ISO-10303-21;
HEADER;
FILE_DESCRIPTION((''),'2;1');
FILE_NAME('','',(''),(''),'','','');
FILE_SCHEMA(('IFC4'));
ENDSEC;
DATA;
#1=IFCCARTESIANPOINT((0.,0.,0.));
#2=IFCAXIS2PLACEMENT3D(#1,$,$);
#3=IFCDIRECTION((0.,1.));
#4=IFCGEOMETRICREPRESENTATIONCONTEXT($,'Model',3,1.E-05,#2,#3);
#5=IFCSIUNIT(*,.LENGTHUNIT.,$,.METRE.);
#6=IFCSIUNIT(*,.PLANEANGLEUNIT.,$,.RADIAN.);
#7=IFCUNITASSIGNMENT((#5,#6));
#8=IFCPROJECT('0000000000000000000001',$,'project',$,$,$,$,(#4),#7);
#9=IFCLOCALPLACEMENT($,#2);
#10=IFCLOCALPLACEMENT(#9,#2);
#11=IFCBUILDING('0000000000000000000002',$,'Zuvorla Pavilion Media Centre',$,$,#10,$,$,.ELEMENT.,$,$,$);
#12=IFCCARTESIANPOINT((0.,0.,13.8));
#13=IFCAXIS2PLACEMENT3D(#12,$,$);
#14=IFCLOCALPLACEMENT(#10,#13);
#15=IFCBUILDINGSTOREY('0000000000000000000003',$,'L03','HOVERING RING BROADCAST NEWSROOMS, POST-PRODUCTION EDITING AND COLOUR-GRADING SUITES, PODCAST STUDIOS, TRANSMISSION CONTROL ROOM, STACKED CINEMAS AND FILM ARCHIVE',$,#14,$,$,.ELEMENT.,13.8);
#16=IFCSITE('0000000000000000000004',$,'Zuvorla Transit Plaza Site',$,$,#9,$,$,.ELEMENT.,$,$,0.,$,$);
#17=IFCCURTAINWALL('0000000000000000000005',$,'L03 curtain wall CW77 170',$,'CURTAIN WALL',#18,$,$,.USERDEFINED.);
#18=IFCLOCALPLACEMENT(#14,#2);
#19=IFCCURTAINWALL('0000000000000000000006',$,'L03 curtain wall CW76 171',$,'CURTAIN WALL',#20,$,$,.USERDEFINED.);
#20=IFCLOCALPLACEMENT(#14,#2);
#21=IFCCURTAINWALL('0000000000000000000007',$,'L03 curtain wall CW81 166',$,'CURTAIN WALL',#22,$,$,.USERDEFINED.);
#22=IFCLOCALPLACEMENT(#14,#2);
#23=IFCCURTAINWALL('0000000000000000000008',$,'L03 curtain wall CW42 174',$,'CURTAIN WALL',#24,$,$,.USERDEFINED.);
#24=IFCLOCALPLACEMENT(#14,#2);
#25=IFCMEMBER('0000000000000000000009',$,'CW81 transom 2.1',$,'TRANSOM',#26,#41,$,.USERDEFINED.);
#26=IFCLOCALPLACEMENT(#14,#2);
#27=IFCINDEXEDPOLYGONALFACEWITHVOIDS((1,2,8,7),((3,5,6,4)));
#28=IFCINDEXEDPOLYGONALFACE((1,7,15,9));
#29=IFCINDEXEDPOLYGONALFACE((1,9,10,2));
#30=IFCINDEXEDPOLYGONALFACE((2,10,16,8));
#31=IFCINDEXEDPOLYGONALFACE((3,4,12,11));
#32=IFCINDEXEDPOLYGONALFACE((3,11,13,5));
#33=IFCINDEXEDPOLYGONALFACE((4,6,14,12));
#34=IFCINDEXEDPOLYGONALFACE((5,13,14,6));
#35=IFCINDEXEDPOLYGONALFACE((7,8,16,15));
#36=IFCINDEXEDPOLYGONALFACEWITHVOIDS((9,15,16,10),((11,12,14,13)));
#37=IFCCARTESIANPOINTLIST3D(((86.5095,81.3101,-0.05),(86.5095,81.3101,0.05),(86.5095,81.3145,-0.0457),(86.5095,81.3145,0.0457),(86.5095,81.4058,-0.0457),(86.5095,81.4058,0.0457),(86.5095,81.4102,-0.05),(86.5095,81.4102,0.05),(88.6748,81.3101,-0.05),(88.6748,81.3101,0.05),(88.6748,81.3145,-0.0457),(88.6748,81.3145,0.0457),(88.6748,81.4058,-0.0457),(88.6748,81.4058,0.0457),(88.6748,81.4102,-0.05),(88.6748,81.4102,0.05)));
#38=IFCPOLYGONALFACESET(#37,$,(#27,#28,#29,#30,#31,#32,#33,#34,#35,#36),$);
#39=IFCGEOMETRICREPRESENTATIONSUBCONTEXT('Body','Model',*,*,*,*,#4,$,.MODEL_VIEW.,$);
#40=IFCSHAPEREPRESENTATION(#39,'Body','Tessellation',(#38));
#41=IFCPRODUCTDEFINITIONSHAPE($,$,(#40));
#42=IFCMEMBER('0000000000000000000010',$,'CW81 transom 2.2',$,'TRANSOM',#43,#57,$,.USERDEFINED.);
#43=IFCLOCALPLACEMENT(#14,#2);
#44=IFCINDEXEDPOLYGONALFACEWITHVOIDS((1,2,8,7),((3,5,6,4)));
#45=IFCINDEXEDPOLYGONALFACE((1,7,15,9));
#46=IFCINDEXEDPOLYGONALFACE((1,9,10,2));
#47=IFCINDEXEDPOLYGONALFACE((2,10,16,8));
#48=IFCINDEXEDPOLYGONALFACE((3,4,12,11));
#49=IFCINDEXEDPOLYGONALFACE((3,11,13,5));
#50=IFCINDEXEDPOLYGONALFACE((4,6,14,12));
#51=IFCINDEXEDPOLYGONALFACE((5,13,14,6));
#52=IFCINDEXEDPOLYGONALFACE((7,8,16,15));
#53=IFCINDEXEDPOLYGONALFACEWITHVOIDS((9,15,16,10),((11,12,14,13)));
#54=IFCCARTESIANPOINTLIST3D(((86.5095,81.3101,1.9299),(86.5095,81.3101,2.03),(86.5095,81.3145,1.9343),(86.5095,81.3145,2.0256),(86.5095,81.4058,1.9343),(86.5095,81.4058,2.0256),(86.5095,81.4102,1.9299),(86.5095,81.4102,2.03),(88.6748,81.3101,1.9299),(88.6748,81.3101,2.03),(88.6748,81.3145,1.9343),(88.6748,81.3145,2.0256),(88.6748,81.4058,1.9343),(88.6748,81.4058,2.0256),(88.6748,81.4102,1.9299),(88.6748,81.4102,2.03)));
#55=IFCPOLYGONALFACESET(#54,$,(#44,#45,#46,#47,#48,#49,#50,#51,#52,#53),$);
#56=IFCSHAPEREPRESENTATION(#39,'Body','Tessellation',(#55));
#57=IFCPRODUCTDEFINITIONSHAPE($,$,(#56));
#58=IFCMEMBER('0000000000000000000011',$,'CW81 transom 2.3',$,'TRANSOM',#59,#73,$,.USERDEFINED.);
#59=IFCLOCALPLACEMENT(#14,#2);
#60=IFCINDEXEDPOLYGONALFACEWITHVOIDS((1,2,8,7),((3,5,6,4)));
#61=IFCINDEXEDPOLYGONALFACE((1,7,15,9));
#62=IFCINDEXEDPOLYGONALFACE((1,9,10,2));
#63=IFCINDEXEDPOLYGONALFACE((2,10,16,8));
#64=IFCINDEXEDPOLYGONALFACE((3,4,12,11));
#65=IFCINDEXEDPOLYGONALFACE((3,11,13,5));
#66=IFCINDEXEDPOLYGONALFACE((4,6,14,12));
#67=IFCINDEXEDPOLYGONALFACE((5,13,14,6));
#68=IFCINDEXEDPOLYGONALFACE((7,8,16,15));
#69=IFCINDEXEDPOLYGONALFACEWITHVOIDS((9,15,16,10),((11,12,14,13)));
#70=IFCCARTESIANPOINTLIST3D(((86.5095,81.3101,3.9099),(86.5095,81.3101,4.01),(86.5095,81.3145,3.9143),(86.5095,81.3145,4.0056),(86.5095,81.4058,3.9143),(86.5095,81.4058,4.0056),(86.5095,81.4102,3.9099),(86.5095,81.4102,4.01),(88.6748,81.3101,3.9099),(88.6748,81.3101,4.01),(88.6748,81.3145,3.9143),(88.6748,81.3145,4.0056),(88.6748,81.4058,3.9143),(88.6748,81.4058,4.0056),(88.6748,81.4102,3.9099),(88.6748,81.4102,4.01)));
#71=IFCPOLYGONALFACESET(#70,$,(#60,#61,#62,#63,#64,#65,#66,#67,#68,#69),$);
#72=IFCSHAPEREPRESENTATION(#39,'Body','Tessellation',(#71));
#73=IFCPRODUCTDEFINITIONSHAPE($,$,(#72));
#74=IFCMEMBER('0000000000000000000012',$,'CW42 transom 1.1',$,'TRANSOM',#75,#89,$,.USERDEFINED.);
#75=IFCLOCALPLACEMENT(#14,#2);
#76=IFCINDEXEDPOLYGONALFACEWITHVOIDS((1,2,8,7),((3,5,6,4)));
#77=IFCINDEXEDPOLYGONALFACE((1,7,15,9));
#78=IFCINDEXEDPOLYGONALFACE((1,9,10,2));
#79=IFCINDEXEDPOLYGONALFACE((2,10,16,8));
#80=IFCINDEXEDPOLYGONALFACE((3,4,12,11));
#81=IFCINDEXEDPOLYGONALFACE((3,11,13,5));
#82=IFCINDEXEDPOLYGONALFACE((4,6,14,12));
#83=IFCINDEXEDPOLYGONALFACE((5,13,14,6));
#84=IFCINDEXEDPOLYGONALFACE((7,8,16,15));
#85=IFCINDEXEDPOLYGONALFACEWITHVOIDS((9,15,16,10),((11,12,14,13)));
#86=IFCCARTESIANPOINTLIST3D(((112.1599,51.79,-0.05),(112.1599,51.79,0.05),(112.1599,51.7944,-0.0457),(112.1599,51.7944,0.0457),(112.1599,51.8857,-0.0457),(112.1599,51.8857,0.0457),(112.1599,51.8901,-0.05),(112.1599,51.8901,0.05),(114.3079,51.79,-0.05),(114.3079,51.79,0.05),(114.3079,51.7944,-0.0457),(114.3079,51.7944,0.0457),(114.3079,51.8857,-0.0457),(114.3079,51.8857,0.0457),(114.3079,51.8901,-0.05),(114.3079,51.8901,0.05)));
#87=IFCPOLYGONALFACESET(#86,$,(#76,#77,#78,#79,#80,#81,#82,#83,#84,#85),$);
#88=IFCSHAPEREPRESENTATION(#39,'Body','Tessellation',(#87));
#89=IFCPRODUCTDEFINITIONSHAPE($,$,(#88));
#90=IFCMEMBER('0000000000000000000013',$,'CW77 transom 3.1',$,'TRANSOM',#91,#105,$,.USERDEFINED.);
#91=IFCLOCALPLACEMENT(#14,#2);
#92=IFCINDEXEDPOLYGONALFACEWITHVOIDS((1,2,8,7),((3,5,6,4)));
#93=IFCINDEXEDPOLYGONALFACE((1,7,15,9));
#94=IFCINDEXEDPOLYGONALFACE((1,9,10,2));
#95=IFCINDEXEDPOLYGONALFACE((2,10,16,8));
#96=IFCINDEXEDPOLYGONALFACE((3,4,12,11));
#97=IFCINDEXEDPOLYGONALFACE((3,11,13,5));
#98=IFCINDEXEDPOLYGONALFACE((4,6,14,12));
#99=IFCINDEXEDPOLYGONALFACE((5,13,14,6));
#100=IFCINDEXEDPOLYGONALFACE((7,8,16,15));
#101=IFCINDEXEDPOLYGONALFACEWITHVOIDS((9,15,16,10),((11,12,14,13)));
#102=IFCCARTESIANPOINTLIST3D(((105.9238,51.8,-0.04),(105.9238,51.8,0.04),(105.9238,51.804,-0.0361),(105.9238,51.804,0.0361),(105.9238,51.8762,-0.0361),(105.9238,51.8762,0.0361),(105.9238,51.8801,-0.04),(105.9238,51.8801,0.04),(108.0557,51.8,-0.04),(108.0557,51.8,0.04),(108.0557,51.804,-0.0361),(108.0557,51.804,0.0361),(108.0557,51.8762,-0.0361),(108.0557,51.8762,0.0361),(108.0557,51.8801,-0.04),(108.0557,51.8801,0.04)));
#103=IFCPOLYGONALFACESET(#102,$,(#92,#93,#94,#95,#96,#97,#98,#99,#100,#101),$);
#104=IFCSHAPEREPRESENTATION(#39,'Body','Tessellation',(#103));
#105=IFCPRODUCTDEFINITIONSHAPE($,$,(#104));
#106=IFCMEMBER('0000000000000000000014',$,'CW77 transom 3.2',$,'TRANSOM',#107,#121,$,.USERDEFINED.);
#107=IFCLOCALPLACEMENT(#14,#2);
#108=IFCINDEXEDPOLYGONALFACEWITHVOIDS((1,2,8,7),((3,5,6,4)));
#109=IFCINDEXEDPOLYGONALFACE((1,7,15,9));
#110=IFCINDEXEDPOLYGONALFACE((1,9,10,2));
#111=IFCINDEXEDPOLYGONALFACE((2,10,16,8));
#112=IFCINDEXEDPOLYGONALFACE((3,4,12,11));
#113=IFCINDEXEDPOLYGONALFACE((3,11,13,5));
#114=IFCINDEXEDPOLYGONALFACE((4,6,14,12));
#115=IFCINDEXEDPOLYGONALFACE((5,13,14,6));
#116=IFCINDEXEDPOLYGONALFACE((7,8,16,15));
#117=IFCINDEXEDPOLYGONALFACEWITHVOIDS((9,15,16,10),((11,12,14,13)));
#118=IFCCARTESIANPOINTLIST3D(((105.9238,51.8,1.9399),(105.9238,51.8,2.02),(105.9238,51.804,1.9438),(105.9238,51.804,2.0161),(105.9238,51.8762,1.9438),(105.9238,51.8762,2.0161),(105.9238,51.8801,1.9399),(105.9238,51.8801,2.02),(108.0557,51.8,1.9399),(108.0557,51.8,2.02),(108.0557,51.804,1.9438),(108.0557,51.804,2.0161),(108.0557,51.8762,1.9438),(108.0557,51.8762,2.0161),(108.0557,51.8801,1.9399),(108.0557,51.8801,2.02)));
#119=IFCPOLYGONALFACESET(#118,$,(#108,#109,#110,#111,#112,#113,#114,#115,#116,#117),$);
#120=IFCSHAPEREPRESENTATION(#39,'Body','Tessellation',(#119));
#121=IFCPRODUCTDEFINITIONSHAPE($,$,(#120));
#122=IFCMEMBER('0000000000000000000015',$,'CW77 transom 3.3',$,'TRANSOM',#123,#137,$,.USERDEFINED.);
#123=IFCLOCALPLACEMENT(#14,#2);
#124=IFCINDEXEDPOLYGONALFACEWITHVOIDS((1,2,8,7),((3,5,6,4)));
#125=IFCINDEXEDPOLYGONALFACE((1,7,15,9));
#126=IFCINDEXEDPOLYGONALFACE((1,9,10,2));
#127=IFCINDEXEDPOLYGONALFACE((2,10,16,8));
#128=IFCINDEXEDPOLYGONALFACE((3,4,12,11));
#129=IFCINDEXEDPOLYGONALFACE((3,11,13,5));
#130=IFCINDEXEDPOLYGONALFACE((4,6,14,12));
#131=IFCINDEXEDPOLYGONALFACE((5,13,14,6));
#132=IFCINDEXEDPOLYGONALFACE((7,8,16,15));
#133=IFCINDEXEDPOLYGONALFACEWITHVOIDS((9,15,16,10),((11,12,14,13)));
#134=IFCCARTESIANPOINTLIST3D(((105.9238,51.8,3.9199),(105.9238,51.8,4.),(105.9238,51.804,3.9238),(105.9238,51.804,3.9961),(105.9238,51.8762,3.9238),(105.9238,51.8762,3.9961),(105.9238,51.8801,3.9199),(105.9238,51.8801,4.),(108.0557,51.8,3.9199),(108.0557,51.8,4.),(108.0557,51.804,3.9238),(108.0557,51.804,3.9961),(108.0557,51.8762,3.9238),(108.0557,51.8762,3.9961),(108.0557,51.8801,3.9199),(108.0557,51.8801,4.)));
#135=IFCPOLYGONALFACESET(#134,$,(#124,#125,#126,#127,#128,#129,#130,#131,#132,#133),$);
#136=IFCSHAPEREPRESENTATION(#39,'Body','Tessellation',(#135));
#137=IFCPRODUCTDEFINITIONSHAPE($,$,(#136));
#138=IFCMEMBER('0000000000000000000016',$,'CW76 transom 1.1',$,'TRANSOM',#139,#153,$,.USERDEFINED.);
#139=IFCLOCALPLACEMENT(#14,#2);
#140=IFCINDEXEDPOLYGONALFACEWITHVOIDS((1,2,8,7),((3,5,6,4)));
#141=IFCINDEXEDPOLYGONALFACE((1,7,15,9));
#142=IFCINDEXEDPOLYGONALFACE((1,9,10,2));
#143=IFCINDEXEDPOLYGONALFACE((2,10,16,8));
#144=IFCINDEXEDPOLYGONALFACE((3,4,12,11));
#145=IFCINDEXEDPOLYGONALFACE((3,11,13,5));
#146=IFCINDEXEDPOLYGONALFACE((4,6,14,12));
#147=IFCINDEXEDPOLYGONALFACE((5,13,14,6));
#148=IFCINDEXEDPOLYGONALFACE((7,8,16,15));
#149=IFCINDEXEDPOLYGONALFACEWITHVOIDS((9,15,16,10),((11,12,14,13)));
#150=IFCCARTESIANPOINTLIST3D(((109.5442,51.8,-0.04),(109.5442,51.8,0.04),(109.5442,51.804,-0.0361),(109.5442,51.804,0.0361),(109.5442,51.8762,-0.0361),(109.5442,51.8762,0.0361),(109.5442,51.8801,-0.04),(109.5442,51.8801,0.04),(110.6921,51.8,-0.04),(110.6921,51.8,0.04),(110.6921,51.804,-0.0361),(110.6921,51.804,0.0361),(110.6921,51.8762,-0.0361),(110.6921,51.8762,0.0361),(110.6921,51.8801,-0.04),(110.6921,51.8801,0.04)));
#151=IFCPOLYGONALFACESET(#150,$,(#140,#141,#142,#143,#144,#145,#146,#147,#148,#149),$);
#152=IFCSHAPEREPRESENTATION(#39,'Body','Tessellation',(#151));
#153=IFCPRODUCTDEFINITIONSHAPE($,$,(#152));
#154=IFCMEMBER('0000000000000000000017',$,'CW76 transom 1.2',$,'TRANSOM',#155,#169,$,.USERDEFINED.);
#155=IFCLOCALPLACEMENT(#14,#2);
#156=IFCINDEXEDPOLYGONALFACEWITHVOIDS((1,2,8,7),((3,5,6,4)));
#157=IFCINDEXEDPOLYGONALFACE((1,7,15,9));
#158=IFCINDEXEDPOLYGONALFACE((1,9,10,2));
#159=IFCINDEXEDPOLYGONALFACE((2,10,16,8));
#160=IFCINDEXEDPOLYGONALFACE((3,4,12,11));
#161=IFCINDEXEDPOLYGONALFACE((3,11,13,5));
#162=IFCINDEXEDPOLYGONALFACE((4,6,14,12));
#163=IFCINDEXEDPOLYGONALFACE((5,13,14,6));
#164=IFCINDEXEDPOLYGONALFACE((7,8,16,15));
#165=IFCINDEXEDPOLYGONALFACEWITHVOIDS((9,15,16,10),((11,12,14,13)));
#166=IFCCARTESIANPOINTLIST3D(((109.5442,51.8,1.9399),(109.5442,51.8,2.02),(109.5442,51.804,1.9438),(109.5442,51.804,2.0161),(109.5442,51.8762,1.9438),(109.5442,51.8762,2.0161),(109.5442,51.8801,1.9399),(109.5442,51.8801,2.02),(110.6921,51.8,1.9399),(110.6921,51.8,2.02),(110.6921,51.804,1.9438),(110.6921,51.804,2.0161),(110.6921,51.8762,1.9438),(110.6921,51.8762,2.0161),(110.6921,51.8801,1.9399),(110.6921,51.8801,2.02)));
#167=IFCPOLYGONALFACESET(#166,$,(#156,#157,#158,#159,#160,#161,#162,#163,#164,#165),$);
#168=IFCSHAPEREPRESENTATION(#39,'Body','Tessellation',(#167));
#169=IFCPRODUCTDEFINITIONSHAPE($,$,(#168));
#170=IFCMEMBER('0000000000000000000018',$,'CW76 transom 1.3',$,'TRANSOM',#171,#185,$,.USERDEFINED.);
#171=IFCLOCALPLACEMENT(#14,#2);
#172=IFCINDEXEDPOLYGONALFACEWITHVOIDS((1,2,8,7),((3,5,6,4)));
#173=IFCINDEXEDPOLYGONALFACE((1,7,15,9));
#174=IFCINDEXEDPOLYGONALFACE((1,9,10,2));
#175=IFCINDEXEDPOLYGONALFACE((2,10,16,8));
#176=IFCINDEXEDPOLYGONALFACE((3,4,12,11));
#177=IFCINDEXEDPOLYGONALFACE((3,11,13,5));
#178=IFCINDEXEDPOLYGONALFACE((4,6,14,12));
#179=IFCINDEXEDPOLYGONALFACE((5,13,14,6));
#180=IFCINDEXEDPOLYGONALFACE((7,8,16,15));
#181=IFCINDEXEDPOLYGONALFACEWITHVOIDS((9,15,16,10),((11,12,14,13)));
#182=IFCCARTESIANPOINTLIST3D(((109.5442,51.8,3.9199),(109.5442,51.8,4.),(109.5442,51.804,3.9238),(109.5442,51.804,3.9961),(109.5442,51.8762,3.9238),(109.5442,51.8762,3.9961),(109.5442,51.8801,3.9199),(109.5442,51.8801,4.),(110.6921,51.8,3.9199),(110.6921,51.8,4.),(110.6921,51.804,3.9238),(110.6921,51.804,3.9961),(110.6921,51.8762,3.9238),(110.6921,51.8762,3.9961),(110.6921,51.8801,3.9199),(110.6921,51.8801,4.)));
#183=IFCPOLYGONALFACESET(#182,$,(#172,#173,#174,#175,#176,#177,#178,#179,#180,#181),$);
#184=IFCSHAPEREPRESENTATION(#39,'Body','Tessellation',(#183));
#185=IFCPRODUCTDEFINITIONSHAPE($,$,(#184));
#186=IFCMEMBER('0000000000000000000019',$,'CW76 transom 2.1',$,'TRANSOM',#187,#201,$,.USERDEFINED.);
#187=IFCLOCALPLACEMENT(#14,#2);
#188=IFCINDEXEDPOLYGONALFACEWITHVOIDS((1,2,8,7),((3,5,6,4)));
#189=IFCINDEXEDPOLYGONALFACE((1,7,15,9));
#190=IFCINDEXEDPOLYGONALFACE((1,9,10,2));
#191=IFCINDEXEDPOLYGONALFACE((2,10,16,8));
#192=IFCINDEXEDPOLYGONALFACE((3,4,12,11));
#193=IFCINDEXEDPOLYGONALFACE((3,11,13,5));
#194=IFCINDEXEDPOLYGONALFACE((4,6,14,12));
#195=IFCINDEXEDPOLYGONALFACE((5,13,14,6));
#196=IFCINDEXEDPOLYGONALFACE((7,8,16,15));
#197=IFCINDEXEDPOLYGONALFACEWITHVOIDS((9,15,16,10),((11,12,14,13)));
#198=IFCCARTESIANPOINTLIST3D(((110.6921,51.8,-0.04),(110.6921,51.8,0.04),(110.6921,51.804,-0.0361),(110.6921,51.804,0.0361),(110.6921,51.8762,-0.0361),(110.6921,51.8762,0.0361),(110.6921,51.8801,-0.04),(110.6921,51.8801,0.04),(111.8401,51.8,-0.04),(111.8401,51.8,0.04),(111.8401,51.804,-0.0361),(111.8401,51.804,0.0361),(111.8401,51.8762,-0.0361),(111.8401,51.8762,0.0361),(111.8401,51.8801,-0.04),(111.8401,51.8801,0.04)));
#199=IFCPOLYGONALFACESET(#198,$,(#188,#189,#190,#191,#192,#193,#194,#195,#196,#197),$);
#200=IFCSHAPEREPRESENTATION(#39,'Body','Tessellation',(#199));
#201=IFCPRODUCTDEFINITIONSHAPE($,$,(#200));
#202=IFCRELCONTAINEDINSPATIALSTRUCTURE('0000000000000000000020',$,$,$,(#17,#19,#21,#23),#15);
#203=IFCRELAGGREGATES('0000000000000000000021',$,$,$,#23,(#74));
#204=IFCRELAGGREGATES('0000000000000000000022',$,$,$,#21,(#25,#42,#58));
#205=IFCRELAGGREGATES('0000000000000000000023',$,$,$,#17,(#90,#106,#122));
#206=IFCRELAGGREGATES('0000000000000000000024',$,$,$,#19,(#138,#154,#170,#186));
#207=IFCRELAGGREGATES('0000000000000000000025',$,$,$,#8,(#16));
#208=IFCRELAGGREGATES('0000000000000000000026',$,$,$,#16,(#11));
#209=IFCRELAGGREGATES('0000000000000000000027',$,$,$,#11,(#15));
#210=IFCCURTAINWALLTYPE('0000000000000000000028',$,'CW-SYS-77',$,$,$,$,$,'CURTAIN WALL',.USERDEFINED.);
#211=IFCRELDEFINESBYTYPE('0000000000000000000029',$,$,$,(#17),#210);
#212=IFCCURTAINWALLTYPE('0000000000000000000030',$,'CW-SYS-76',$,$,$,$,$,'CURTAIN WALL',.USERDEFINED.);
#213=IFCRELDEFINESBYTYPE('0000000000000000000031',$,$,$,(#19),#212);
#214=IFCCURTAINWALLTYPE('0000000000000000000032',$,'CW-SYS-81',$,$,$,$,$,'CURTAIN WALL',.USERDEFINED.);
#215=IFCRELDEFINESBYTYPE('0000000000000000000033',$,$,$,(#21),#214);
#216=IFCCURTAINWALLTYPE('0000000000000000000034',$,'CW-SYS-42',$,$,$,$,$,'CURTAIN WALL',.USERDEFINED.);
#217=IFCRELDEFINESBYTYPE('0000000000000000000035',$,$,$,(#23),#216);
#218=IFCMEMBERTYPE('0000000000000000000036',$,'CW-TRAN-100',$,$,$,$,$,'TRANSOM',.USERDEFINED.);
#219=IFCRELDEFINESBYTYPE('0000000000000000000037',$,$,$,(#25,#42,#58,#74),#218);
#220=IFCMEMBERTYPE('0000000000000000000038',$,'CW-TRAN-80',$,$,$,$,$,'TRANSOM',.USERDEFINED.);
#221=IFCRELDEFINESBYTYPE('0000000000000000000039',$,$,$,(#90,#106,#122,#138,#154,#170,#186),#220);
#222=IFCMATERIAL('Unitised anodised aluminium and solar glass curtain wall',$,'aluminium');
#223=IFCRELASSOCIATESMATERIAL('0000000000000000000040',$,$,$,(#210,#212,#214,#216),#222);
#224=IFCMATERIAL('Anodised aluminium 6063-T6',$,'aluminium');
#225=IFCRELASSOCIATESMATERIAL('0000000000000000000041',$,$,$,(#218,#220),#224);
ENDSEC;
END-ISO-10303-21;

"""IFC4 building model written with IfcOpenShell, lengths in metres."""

from ifc_helpers import new_model, si_unit, direction, frame, origin, origin_2d, place, context, subcontext, project, spatial, hollow_rectangle, extrude, material, material_profile, profile_set, type_object, element, aggregate, save


model = new_model("IFC4")

# Units and contexts
model_context = context("Model", 3, precision=1e-05, world=origin(), true_north=direction((0.0, 1.0)))
body_context = subcontext(model_context, "Body", "Model", "MODEL_VIEW")
ifc_project = project(units=[si_unit("LENGTHUNIT", "METRE"), si_unit("PLANEANGLEUNIT", "RADIAN")], contexts=[model_context])

# Site, building, storey
site_placement = place(None, origin())
site = spatial("IfcSite", under=ifc_project, at=site_placement, Name="Zuvorla Transit Plaza Site", CompositionType="ELEMENT", RefElevation=0.0)
building_placement = place(site_placement, origin())
building = spatial("IfcBuilding", under=site, at=building_placement, Name="Zuvorla Pavilion Media Centre", CompositionType="ELEMENT")
storey_placement = place(building_placement, frame((0.0, 0.0, 13.8)))
storey = spatial("IfcBuildingStorey", under=building, at=storey_placement, Name="L03", Description="HOVERING RING BROADCAST NEWSROOMS, POST-PRODUCTION EDITING AND COLOUR-GRADING SUITES, PODCAST STUDIOS, TRANSMISSION CONTROL ROOM, STACKED CINEMAS AND FILM ARCHIVE", CompositionType="ELEMENT", Elevation=13.8)

# Curtain walls
ifc_material_1 = material(Name="Unitised anodised aluminium and solar glass curtain wall", Category="aluminium")
curtain_wall_type_1 = type_object("IfcCurtainWallType", Name="CW-SYS-77", ElementType="CURTAIN WALL", PredefinedType="USERDEFINED", material=ifc_material_1)
curtain_wall_1_placement = place(storey_placement, origin())
curtain_wall_1 = element("IfcCurtainWall", 1, at=curtain_wall_1_placement, inside=storey, type_object=curtain_wall_type_1, Name="L03 curtain wall CW77 170", ObjectType="CURTAIN WALL", PredefinedType="USERDEFINED")
ifc_material_2 = material(Name="Anodised aluminium 6063-T6", Category="aluminium")
curtain_wall_type_2 = type_object("IfcCurtainWallType", Name="CW-SYS-76", ElementType="CURTAIN WALL", PredefinedType="USERDEFINED", material=ifc_material_1)
curtain_wall_2_placement = place(storey_placement, origin())
curtain_wall_2 = element("IfcCurtainWall", 2, at=curtain_wall_2_placement, inside=storey, type_object=curtain_wall_type_2, Name="L03 curtain wall CW76 171", ObjectType="CURTAIN WALL", PredefinedType="USERDEFINED")
curtain_wall_type_3 = type_object("IfcCurtainWallType", Name="CW-SYS-81", ElementType="CURTAIN WALL", PredefinedType="USERDEFINED", material=ifc_material_1)
curtain_wall_3_placement = place(storey_placement, origin())
curtain_wall_3 = element("IfcCurtainWall", 3, at=curtain_wall_3_placement, inside=storey, type_object=curtain_wall_type_3, Name="L03 curtain wall CW81 166", ObjectType="CURTAIN WALL", PredefinedType="USERDEFINED")

# Curtain wall
curtain_wall_type_4 = type_object("IfcCurtainWallType", Name="CW-SYS-42", ElementType="CURTAIN WALL", PredefinedType="USERDEFINED", material=ifc_material_1)
curtain_wall_4_placement = place(storey_placement, origin())
curtain_wall_4 = element("IfcCurtainWall", 4, at=curtain_wall_4_placement, inside=storey, type_object=curtain_wall_type_4, Name="L03 curtain wall CW42 174", ObjectType="CURTAIN WALL", PredefinedType="USERDEFINED")

# Members
ifc_material_profile_1 = material_profile(ifc_material_2, hollow_rectangle(XDim=0.1001, YDim=0.1001, WallThickness=0.0044, at=origin_2d()), Name="ALU TRAN 100x100")
ifc_profile_set_1 = profile_set([ifc_material_profile_1], Name="Anodised aluminium 6063-T6")
member_type_1 = type_object("IfcMemberType", Name="CW-TRAN-100", ElementType="TRANSOM", PredefinedType="USERDEFINED", material=ifc_profile_set_1)
member_1_placement = place(storey_placement, frame((88.6748, 81.3601, 0.0), z_axis=(-1.0, 0.0, 0.0), x_axis=(0.0, -1.0, 0.0)))
member_1 = element("IfcMember", 5, at=member_1_placement, type_object=member_type_1, Name="CW81 transom 2.1", ObjectType="TRANSOM", PredefinedType="USERDEFINED", context=body_context, shape_type="SweptSolid", body=[
    extrude(hollow_rectangle(XDim=0.1001, YDim=0.1001, WallThickness=0.0044, at=origin_2d()), origin(), (0.0, 0.0, 1.0), 2.1653),
])
member_2_placement = place(storey_placement, frame((88.6748, 81.3601, 1.98), z_axis=(-1.0, 0.0, 0.0), x_axis=(0.0, -1.0, 0.0)))
member_2 = element("IfcMember", 6, at=member_2_placement, type_object=member_type_1, Name="CW81 transom 2.2", ObjectType="TRANSOM", PredefinedType="USERDEFINED", context=body_context, shape_type="SweptSolid", body=[
    extrude(hollow_rectangle(XDim=0.1001, YDim=0.1001, WallThickness=0.0044, at=origin_2d()), origin(), (0.0, 0.0, 1.0), 2.1653),
])
member_3_placement = place(storey_placement, frame((88.6748, 81.3601, 3.96), z_axis=(-1.0, 0.0, 0.0), x_axis=(0.0, -1.0, 0.0)))
member_3 = element("IfcMember", 7, at=member_3_placement, type_object=member_type_1, Name="CW81 transom 2.3", ObjectType="TRANSOM", PredefinedType="USERDEFINED", context=body_context, shape_type="SweptSolid", body=[
    extrude(hollow_rectangle(XDim=0.1001, YDim=0.1001, WallThickness=0.0044, at=origin_2d()), origin(), (0.0, 0.0, 1.0), 2.1653),
])
member_4_placement = place(storey_placement, frame((112.1599, 51.8401, 0.0), z_axis=(1.0, 0.0, 0.0), x_axis=(0.0, 1.0, 0.0)))
member_4 = element("IfcMember", 8, at=member_4_placement, type_object=member_type_1, Name="CW42 transom 1.1", ObjectType="TRANSOM", PredefinedType="USERDEFINED", context=body_context, shape_type="SweptSolid", body=[
    extrude(hollow_rectangle(XDim=0.1001, YDim=0.1001, WallThickness=0.0044, at=origin_2d()), origin(), (0.0, 0.0, 1.0), 2.1479),
])
aggregate(curtain_wall_4, [member_4])
ifc_material_profile_2 = material_profile(ifc_material_2, hollow_rectangle(XDim=0.0801, YDim=0.0801, WallThickness=0.0039, at=origin_2d()), Name="ALU TRAN 80x80")
ifc_profile_set_2 = profile_set([ifc_material_profile_2], Name="Anodised aluminium 6063-T6")
member_type_2 = type_object("IfcMemberType", Name="CW-TRAN-80", ElementType="TRANSOM", PredefinedType="USERDEFINED", material=ifc_profile_set_2)
member_5_placement = place(storey_placement, frame((105.9238, 51.8401, 0.0), z_axis=(1.0, 0.0, 0.0), x_axis=(0.0, 1.0, 0.0)))
member_5 = element("IfcMember", 9, at=member_5_placement, type_object=member_type_2, Name="CW77 transom 3.1", ObjectType="TRANSOM", PredefinedType="USERDEFINED", context=body_context, shape_type="SweptSolid", body=[
    extrude(hollow_rectangle(XDim=0.0801, YDim=0.0801, WallThickness=0.0039, at=origin_2d()), origin(), (0.0, 0.0, 1.0), 2.1318),
])
member_6_placement = place(storey_placement, frame((105.9238, 51.8401, 1.98), z_axis=(1.0, 0.0, 0.0), x_axis=(0.0, 1.0, 0.0)))
member_6 = element("IfcMember", 10, at=member_6_placement, type_object=member_type_2, Name="CW77 transom 3.2", ObjectType="TRANSOM", PredefinedType="USERDEFINED", context=body_context, shape_type="SweptSolid", body=[
    extrude(hollow_rectangle(XDim=0.0801, YDim=0.0801, WallThickness=0.0039, at=origin_2d()), origin(), (0.0, 0.0, 1.0), 2.1318),
])
member_7_placement = place(storey_placement, frame((105.9238, 51.8401, 3.96), z_axis=(1.0, 0.0, 0.0), x_axis=(0.0, 1.0, 0.0)))
member_7 = element("IfcMember", 11, at=member_7_placement, type_object=member_type_2, Name="CW77 transom 3.3", ObjectType="TRANSOM", PredefinedType="USERDEFINED", context=body_context, shape_type="SweptSolid", body=[
    extrude(hollow_rectangle(XDim=0.0801, YDim=0.0801, WallThickness=0.0039, at=origin_2d()), origin(), (0.0, 0.0, 1.0), 2.1318),
])
member_8_placement = place(storey_placement, frame((109.5442, 51.8401, 0.0), z_axis=(1.0, 0.0, 0.0), x_axis=(0.0, 1.0, 0.0)))
member_8 = element("IfcMember", 12, at=member_8_placement, type_object=member_type_2, Name="CW76 transom 1.1", ObjectType="TRANSOM", PredefinedType="USERDEFINED", context=body_context, shape_type="SweptSolid", body=[
    extrude(hollow_rectangle(XDim=0.0801, YDim=0.0801, WallThickness=0.0039, at=origin_2d()), origin(), (0.0, 0.0, 1.0), 1.1479),
])
member_9_placement = place(storey_placement, frame((109.5442, 51.8401, 1.98), z_axis=(1.0, 0.0, 0.0), x_axis=(0.0, 1.0, 0.0)))
member_9 = element("IfcMember", 13, at=member_9_placement, type_object=member_type_2, Name="CW76 transom 1.2", ObjectType="TRANSOM", PredefinedType="USERDEFINED", context=body_context, shape_type="SweptSolid", body=[
    extrude(hollow_rectangle(XDim=0.0801, YDim=0.0801, WallThickness=0.0039, at=origin_2d()), origin(), (0.0, 0.0, 1.0), 1.1479),
])
member_10_placement = place(storey_placement, frame((109.5442, 51.8401, 3.96), z_axis=(1.0, 0.0, 0.0), x_axis=(0.0, 1.0, 0.0)))
member_10 = element("IfcMember", 14, at=member_10_placement, type_object=member_type_2, Name="CW76 transom 1.3", ObjectType="TRANSOM", PredefinedType="USERDEFINED", context=body_context, shape_type="SweptSolid", body=[
    extrude(hollow_rectangle(XDim=0.0801, YDim=0.0801, WallThickness=0.0039, at=origin_2d()), origin(), (0.0, 0.0, 1.0), 1.1479),
])
member_11_placement = place(storey_placement, frame((110.6921, 51.8401, 0.0), z_axis=(1.0, 0.0, 0.0), x_axis=(0.0, 1.0, 0.0)))
member_11 = element("IfcMember", 15, at=member_11_placement, type_object=member_type_2, Name="CW76 transom 2.1", ObjectType="TRANSOM", PredefinedType="USERDEFINED", context=body_context, shape_type="SweptSolid", body=[
    extrude(hollow_rectangle(XDim=0.0801, YDim=0.0801, WallThickness=0.0039, at=origin_2d()), origin(), (0.0, 0.0, 1.0), 1.1479),
])

aggregate(curtain_wall_3, [member_1, member_2, member_3])
aggregate(curtain_wall_1, [member_5, member_6, member_7])
aggregate(curtain_wall_2, [member_8, member_9, member_10, member_11])

save(model, "model.ifc")
